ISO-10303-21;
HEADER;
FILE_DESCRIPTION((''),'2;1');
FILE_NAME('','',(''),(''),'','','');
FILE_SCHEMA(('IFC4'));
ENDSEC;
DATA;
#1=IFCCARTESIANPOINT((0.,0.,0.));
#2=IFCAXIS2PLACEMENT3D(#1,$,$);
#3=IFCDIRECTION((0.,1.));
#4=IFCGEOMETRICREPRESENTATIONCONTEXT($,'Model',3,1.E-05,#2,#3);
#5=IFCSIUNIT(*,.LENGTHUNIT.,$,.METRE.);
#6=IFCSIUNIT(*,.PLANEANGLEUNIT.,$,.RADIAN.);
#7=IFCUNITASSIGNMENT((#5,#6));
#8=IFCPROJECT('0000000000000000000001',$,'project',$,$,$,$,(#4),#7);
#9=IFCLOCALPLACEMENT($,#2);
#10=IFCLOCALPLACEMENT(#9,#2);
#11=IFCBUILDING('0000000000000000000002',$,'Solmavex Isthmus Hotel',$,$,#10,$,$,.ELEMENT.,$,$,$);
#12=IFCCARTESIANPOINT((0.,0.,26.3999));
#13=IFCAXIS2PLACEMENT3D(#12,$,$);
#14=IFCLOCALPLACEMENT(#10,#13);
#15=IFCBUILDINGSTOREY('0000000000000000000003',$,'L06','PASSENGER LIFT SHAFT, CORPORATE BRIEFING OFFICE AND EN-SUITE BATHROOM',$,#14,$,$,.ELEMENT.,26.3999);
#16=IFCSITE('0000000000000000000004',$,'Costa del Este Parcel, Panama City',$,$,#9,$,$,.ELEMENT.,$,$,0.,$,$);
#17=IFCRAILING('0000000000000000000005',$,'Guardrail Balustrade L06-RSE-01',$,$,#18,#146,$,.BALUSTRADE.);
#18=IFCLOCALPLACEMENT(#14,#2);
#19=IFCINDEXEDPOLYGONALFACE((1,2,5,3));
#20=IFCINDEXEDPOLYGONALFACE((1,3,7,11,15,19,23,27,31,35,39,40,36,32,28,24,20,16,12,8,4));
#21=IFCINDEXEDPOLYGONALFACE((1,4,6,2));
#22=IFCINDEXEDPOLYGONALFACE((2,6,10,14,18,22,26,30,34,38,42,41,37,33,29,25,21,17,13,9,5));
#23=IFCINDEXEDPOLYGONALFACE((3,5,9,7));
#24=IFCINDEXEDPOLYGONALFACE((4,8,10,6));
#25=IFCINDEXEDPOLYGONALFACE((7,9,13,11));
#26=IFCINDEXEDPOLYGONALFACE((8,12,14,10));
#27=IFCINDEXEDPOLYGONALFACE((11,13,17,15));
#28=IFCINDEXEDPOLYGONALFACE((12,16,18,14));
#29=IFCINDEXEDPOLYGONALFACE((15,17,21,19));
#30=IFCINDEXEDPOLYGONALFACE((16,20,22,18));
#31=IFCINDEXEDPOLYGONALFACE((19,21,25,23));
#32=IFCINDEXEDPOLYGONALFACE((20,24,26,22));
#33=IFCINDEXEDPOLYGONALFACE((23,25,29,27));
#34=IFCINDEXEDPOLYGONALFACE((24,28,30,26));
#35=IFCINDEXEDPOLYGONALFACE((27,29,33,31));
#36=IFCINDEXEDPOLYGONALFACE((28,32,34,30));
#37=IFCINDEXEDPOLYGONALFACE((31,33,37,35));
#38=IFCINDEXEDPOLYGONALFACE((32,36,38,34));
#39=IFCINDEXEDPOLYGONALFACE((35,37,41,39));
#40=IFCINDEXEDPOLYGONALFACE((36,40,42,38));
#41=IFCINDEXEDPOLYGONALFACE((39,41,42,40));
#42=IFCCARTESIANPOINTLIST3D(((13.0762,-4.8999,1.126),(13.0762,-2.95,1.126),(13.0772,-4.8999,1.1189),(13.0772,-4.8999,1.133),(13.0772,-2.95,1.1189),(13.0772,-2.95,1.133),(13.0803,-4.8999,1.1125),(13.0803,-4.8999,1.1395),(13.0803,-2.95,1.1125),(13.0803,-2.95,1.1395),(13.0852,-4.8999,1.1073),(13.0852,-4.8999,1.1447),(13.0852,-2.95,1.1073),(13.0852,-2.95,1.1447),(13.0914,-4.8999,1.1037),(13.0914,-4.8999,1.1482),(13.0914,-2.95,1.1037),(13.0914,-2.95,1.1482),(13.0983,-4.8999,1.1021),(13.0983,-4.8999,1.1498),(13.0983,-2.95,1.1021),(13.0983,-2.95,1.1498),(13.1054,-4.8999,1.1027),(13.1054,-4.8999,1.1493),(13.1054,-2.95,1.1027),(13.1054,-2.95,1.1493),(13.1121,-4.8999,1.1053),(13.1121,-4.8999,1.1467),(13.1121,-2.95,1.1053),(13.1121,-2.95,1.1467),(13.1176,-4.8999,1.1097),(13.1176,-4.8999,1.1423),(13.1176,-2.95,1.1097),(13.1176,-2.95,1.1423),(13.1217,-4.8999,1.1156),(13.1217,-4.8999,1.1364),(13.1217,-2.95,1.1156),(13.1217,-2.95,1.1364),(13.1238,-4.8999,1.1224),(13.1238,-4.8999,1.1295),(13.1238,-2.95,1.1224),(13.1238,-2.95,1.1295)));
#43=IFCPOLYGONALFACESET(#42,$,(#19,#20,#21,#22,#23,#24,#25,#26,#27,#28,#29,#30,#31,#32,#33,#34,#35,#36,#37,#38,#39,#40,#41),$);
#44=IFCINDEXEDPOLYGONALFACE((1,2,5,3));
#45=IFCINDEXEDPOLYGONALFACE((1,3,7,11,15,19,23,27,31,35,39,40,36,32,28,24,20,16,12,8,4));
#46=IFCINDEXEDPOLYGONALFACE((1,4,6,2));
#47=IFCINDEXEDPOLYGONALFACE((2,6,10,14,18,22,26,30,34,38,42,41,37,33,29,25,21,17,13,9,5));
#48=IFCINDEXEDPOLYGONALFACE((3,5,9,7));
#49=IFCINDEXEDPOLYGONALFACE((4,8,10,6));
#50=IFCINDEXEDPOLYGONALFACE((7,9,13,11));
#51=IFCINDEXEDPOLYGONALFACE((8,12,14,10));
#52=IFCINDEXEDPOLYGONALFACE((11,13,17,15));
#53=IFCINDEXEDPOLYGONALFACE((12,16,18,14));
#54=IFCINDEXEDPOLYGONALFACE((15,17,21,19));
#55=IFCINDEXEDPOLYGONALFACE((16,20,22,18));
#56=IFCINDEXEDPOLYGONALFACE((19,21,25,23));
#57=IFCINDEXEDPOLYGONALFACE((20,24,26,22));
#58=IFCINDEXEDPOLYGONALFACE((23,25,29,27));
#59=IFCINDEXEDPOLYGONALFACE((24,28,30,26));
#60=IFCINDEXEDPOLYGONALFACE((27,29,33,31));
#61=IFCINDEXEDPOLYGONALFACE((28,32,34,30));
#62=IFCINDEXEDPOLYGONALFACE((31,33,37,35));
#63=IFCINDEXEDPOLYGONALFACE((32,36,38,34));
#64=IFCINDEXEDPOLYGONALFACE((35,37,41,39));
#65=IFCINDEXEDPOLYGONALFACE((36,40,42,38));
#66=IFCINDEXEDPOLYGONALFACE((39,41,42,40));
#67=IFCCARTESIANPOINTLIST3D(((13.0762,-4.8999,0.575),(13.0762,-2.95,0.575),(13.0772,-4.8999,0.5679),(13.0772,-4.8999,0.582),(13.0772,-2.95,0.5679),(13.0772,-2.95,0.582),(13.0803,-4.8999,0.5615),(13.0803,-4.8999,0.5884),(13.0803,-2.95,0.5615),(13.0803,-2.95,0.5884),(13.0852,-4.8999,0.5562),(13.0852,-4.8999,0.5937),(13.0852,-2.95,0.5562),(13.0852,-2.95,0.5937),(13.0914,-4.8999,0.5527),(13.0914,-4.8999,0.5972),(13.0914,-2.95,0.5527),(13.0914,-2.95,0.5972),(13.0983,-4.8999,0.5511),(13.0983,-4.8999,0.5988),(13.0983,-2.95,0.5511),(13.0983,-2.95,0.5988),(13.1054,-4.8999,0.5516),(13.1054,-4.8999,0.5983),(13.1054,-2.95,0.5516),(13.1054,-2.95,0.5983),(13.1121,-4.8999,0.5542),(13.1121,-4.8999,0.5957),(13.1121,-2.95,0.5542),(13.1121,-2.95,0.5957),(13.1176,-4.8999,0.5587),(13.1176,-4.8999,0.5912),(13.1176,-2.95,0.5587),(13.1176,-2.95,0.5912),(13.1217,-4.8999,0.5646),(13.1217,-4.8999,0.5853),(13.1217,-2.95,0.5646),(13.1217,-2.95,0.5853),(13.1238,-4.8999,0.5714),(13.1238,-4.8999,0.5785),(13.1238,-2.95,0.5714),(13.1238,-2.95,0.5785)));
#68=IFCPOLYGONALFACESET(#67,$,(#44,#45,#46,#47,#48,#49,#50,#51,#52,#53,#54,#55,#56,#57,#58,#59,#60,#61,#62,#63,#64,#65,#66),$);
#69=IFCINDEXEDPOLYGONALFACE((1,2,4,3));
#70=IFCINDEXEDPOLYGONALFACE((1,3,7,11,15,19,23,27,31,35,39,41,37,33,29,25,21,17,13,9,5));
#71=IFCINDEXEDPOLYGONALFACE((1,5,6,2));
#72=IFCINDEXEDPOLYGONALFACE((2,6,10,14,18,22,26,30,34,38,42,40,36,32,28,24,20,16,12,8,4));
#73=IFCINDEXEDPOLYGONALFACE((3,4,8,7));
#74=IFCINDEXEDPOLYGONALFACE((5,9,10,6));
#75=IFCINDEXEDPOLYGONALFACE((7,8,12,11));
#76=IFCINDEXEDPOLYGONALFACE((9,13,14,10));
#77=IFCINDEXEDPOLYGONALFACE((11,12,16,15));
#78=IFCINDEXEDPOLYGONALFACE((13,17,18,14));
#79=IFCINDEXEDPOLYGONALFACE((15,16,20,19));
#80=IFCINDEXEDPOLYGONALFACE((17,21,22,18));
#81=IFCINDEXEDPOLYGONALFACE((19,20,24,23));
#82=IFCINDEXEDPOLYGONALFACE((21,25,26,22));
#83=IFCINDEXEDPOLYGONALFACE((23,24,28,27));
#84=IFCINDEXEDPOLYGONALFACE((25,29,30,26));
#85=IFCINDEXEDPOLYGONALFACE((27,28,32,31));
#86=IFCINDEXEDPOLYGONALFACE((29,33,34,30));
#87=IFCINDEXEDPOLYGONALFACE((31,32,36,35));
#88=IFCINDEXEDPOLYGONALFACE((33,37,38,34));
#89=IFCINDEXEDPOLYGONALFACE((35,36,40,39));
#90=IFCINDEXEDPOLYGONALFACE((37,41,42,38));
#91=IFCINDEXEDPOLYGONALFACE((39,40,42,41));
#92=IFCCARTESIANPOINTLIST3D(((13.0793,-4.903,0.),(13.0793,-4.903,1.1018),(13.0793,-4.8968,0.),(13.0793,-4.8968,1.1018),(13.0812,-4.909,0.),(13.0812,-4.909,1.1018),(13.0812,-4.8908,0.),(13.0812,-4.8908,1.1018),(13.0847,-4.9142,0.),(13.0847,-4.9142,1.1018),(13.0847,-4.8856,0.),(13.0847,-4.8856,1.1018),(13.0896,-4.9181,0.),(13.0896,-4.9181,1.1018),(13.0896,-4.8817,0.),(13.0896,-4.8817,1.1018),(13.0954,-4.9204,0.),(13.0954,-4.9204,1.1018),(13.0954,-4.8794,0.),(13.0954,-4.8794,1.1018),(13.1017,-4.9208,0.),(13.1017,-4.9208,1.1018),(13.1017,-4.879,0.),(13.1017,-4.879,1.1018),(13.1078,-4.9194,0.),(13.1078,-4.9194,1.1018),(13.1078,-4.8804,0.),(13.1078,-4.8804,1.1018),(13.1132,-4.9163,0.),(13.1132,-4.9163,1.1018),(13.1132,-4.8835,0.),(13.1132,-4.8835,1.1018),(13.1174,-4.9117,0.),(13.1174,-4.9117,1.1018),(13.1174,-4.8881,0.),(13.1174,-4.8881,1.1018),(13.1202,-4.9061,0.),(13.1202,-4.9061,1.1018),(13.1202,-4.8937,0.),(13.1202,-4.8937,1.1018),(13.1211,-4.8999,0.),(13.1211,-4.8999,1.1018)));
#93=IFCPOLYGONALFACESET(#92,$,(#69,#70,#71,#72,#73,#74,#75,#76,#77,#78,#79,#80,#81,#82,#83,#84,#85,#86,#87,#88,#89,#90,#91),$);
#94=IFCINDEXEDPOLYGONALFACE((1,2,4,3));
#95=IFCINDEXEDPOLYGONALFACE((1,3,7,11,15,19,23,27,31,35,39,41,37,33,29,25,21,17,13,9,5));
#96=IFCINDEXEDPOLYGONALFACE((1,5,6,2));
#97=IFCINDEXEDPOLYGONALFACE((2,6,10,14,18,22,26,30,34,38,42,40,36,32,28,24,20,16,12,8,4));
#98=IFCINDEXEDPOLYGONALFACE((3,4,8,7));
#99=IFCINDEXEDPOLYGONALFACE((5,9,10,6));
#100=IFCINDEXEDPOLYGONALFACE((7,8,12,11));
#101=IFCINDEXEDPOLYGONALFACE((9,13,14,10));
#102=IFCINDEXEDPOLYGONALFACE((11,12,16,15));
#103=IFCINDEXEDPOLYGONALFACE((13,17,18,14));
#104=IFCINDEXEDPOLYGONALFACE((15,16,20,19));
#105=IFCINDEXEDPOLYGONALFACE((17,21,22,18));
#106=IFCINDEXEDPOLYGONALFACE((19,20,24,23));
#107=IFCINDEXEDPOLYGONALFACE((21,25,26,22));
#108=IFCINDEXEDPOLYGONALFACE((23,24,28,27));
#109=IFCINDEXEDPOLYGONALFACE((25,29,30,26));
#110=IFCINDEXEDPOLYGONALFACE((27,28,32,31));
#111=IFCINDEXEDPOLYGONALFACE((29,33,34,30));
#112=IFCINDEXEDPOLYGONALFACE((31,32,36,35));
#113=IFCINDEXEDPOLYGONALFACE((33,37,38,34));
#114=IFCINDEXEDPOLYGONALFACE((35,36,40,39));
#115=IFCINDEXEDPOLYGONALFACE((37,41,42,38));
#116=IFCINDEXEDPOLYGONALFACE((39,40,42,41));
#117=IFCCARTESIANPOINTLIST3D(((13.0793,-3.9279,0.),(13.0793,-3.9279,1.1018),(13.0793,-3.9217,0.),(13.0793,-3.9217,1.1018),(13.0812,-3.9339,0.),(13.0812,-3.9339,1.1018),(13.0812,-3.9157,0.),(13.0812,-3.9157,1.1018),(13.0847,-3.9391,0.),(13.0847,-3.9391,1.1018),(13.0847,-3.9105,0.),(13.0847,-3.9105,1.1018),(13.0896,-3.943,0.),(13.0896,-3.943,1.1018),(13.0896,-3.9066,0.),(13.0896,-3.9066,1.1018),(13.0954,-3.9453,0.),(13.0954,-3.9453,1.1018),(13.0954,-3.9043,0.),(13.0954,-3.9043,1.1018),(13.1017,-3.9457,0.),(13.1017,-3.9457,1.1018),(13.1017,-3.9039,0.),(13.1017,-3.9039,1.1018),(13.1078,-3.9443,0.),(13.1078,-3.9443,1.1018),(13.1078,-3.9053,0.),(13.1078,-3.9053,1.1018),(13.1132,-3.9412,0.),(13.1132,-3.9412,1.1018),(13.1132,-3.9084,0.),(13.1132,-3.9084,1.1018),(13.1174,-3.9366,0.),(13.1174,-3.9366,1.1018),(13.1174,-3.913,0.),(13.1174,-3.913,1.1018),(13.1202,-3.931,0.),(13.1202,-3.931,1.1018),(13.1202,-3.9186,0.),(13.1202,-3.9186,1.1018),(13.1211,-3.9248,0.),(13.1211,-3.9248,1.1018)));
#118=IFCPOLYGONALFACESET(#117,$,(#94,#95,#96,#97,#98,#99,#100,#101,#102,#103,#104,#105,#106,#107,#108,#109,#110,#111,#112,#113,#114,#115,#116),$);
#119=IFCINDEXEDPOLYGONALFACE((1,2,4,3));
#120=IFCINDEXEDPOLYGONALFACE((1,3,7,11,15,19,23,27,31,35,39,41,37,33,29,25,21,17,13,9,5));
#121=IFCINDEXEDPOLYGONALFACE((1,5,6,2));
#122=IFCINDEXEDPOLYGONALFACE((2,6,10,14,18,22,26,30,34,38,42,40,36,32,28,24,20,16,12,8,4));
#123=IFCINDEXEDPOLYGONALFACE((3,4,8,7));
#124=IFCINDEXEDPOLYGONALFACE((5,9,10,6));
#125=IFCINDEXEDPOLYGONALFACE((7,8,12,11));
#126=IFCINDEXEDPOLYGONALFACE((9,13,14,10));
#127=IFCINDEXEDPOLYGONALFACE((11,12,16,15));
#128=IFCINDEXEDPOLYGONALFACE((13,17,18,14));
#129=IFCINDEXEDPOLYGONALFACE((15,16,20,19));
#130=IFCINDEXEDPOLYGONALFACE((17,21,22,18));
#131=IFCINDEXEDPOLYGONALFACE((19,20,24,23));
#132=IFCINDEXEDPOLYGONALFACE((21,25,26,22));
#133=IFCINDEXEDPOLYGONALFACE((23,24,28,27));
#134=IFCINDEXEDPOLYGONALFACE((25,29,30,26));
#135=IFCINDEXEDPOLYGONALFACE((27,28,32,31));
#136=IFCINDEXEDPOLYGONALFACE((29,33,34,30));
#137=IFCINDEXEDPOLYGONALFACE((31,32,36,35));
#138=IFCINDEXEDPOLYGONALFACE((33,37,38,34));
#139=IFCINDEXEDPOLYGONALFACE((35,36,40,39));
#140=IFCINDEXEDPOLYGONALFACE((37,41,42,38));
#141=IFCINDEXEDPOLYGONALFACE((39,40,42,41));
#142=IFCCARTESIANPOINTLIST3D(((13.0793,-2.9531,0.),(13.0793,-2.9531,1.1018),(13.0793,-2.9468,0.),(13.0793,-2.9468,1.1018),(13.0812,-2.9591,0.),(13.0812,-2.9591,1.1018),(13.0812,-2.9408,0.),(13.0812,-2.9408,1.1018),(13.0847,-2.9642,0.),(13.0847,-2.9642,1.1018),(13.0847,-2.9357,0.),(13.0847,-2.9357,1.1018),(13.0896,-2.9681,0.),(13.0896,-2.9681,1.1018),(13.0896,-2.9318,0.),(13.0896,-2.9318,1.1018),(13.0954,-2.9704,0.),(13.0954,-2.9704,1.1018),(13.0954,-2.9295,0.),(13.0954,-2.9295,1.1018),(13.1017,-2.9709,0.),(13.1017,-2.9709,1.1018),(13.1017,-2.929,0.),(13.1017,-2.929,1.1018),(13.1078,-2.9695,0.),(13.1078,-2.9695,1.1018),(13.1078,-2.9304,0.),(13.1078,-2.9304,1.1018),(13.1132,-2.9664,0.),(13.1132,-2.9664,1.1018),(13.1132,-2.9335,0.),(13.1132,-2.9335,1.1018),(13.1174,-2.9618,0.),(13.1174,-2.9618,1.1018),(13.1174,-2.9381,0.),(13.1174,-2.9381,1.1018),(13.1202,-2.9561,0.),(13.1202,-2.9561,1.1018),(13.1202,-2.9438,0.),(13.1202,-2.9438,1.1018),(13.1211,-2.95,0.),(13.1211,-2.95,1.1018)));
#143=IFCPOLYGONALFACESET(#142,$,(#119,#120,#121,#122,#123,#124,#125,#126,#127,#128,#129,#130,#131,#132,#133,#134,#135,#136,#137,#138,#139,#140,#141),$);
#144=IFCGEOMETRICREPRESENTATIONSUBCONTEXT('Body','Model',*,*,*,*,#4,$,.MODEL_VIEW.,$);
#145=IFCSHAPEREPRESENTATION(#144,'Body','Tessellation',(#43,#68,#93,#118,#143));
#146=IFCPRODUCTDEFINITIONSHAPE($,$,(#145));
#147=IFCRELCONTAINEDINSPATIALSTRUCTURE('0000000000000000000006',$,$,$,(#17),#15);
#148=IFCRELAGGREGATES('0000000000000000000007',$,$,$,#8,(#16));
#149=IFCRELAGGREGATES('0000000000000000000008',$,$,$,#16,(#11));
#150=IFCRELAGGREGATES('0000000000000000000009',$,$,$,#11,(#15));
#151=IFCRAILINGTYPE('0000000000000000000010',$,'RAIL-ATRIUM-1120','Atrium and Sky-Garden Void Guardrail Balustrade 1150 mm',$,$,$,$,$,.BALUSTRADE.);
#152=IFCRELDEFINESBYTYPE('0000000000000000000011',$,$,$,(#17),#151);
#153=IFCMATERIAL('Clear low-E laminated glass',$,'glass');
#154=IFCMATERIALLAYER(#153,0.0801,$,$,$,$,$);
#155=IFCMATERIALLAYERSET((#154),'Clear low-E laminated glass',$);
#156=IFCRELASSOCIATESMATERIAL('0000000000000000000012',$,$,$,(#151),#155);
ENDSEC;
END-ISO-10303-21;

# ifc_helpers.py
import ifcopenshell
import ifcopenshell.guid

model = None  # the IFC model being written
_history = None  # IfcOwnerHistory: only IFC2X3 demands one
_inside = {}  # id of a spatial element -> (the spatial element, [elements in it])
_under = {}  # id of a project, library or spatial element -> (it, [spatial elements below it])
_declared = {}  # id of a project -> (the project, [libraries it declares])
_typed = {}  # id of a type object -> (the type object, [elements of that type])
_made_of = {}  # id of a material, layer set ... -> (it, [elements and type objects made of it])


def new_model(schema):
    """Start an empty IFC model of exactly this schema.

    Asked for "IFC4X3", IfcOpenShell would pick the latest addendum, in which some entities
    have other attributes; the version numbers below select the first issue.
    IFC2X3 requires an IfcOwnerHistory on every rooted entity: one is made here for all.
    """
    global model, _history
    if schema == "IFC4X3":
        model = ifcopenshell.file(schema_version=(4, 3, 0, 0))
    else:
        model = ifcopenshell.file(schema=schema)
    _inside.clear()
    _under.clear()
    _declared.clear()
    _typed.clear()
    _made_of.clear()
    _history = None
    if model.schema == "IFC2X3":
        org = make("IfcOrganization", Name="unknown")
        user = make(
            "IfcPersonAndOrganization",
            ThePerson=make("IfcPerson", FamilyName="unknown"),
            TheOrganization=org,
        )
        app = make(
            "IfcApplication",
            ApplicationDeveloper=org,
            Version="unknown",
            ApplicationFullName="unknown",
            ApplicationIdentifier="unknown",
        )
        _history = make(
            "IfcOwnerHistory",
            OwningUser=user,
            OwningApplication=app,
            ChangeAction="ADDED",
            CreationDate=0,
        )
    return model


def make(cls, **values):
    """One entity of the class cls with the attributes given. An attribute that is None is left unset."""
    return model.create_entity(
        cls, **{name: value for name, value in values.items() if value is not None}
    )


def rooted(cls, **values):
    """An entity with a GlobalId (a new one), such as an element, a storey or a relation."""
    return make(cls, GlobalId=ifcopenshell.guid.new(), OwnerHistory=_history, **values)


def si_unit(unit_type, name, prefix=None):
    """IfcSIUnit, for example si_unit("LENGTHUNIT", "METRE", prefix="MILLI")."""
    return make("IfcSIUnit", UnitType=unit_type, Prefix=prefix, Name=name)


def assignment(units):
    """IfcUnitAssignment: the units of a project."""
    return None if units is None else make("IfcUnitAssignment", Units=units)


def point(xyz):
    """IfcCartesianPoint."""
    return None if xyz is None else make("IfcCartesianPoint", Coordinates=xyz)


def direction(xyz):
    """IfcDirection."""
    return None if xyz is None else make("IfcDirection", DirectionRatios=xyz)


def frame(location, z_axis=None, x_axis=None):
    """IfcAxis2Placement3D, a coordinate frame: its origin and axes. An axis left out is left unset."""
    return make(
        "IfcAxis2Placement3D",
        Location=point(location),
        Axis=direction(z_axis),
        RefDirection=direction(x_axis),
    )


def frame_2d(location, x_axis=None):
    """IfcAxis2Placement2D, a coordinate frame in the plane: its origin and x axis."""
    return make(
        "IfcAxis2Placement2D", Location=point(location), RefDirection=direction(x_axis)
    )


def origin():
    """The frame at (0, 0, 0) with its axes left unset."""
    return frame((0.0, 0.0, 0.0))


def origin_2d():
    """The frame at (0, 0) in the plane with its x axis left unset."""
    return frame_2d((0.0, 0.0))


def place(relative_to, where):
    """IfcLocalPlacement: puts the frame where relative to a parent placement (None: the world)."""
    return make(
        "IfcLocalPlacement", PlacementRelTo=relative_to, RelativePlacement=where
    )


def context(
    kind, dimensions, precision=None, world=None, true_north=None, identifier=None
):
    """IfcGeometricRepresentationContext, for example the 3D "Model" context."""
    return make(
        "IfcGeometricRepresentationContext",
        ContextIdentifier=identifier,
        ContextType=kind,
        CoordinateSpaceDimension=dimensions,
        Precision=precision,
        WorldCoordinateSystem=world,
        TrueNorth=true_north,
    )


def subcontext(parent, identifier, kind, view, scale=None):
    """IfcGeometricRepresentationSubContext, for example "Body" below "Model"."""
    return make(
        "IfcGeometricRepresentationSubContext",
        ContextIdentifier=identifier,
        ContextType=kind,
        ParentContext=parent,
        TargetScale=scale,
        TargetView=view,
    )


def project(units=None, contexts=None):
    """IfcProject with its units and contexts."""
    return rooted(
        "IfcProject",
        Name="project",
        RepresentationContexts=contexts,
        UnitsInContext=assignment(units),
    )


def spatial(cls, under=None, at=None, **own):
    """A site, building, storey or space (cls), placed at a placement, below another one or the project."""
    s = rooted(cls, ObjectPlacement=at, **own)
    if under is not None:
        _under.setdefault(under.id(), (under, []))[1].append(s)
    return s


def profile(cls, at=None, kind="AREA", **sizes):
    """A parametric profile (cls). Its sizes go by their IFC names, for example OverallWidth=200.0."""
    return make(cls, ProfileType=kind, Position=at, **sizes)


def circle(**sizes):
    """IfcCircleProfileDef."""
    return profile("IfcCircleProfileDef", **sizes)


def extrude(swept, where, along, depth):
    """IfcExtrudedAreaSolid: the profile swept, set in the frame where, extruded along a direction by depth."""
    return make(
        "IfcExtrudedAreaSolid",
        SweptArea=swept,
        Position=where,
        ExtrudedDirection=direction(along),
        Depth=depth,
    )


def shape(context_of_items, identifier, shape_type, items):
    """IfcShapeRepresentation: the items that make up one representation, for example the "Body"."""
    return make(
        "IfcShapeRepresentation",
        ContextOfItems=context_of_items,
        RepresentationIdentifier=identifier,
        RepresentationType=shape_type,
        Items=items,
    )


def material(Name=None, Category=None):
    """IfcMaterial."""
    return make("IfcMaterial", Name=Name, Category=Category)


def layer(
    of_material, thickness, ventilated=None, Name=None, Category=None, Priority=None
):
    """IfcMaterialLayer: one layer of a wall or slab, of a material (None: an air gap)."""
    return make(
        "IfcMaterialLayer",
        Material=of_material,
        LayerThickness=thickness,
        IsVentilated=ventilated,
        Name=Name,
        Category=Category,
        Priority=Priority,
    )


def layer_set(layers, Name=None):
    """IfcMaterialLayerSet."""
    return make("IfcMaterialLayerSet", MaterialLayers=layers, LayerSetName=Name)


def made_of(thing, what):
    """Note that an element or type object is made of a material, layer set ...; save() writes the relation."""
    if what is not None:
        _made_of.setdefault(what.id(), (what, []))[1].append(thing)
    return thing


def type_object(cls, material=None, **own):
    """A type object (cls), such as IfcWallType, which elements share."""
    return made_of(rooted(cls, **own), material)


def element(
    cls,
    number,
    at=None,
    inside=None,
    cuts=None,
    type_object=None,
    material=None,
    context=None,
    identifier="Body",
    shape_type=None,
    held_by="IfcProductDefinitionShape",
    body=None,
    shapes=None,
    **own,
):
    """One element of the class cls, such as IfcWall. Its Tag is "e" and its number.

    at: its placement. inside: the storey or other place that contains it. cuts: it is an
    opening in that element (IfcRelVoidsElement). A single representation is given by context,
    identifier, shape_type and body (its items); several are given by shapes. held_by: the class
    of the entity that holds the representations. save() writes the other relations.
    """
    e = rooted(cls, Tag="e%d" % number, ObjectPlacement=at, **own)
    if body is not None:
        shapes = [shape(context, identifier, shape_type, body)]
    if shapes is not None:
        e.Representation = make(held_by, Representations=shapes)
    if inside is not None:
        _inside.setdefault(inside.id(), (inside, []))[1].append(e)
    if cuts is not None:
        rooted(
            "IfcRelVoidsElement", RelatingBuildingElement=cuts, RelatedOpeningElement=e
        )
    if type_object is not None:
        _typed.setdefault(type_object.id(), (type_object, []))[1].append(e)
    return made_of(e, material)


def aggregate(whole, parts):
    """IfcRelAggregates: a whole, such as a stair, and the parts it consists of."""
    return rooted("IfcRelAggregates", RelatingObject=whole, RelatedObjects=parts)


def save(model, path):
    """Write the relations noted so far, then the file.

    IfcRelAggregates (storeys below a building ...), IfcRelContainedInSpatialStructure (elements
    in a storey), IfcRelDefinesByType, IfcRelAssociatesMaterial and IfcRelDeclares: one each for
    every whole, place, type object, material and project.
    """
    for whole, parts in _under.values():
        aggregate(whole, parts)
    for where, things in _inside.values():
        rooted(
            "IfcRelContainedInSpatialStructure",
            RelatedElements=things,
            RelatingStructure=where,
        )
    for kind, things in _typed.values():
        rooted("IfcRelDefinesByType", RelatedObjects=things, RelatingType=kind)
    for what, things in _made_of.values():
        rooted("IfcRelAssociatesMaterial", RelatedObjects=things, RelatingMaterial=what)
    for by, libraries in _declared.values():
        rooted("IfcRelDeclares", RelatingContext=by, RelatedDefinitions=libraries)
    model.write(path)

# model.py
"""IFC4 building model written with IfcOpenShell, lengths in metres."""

from ifc_helpers import new_model, si_unit, direction, frame, origin, origin_2d, place, context, subcontext, project, spatial, circle, extrude, material, layer, layer_set, type_object, element, save


model = new_model("IFC4")

# Units and contexts
model_context = context("Model", 3, precision=1e-05, world=origin(), true_north=direction((0.0, 1.0)))
body_context = subcontext(model_context, "Body", "Model", "MODEL_VIEW")
ifc_project = project(units=[si_unit("LENGTHUNIT", "METRE"), si_unit("PLANEANGLEUNIT", "RADIAN")], contexts=[model_context])

# Site, building, storey
site_placement = place(None, origin())
site = spatial("IfcSite", under=ifc_project, at=site_placement, Name="Costa del Este Parcel, Panama City", CompositionType="ELEMENT", RefElevation=0.0)
building_placement = place(site_placement, origin())
building = spatial("IfcBuilding", under=site, at=building_placement, Name="Solmavex Isthmus Hotel", CompositionType="ELEMENT")
storey_placement = place(building_placement, frame((0.0, 0.0, 26.3999)))
storey = spatial("IfcBuildingStorey", under=building, at=storey_placement, Name="L06", Description="PASSENGER LIFT SHAFT, CORPORATE BRIEFING OFFICE AND EN-SUITE BATHROOM", CompositionType="ELEMENT", Elevation=26.3999)

# Railing
ifc_material_1 = material(Name="Clear low-E laminated glass", Category="glass")
ifc_layer_1 = layer(ifc_material_1, 0.0801)
ifc_layer_set_1 = layer_set([ifc_layer_1], Name="Clear low-E laminated glass")
railing_type_1 = type_object("IfcRailingType", Name="RAIL-ATRIUM-1120", Description="Atrium and Sky-Garden Void Guardrail Balustrade 1150 mm", PredefinedType="BALUSTRADE", material=ifc_layer_set_1)
railing_1_placement = place(storey_placement, frame((13.1001, -4.8999, 0.0)))
element("IfcRailing", 1, at=railing_1_placement, inside=storey, type_object=railing_type_1, Name="Guardrail Balustrade L06-RSE-01", PredefinedType="BALUSTRADE", context=body_context, shape_type="SweptSolid", body=[
    extrude(circle(Radius=0.0239, at=origin_2d()), frame((0.0, 0.0, 1.126), z_axis=(0.0, 1.0, 0.0), x_axis=(-1.0, 0.0, 0.0)), (0.0, 0.0, 1.0), 1.95),
    extrude(circle(Radius=0.0239, at=origin_2d()), frame((0.0, 0.0, 0.575), z_axis=(0.0, 1.0, 0.0), x_axis=(-1.0, 0.0, 0.0)), (0.0, 0.0, 1.0), 1.95),
    extrude(circle(Radius=0.021, at=origin_2d()), origin(), (0.0, 0.0, 1.0), 1.1018),
    extrude(circle(Radius=0.021, at=origin_2d()), frame((0.0, 0.9751, 0.0)), (0.0, 0.0, 1.0), 1.1018),
    extrude(circle(Radius=0.021, at=origin_2d()), frame((0.0, 1.95, 0.0)), (0.0, 0.0, 1.0), 1.1018),
])

save(model, "model.ifc")
